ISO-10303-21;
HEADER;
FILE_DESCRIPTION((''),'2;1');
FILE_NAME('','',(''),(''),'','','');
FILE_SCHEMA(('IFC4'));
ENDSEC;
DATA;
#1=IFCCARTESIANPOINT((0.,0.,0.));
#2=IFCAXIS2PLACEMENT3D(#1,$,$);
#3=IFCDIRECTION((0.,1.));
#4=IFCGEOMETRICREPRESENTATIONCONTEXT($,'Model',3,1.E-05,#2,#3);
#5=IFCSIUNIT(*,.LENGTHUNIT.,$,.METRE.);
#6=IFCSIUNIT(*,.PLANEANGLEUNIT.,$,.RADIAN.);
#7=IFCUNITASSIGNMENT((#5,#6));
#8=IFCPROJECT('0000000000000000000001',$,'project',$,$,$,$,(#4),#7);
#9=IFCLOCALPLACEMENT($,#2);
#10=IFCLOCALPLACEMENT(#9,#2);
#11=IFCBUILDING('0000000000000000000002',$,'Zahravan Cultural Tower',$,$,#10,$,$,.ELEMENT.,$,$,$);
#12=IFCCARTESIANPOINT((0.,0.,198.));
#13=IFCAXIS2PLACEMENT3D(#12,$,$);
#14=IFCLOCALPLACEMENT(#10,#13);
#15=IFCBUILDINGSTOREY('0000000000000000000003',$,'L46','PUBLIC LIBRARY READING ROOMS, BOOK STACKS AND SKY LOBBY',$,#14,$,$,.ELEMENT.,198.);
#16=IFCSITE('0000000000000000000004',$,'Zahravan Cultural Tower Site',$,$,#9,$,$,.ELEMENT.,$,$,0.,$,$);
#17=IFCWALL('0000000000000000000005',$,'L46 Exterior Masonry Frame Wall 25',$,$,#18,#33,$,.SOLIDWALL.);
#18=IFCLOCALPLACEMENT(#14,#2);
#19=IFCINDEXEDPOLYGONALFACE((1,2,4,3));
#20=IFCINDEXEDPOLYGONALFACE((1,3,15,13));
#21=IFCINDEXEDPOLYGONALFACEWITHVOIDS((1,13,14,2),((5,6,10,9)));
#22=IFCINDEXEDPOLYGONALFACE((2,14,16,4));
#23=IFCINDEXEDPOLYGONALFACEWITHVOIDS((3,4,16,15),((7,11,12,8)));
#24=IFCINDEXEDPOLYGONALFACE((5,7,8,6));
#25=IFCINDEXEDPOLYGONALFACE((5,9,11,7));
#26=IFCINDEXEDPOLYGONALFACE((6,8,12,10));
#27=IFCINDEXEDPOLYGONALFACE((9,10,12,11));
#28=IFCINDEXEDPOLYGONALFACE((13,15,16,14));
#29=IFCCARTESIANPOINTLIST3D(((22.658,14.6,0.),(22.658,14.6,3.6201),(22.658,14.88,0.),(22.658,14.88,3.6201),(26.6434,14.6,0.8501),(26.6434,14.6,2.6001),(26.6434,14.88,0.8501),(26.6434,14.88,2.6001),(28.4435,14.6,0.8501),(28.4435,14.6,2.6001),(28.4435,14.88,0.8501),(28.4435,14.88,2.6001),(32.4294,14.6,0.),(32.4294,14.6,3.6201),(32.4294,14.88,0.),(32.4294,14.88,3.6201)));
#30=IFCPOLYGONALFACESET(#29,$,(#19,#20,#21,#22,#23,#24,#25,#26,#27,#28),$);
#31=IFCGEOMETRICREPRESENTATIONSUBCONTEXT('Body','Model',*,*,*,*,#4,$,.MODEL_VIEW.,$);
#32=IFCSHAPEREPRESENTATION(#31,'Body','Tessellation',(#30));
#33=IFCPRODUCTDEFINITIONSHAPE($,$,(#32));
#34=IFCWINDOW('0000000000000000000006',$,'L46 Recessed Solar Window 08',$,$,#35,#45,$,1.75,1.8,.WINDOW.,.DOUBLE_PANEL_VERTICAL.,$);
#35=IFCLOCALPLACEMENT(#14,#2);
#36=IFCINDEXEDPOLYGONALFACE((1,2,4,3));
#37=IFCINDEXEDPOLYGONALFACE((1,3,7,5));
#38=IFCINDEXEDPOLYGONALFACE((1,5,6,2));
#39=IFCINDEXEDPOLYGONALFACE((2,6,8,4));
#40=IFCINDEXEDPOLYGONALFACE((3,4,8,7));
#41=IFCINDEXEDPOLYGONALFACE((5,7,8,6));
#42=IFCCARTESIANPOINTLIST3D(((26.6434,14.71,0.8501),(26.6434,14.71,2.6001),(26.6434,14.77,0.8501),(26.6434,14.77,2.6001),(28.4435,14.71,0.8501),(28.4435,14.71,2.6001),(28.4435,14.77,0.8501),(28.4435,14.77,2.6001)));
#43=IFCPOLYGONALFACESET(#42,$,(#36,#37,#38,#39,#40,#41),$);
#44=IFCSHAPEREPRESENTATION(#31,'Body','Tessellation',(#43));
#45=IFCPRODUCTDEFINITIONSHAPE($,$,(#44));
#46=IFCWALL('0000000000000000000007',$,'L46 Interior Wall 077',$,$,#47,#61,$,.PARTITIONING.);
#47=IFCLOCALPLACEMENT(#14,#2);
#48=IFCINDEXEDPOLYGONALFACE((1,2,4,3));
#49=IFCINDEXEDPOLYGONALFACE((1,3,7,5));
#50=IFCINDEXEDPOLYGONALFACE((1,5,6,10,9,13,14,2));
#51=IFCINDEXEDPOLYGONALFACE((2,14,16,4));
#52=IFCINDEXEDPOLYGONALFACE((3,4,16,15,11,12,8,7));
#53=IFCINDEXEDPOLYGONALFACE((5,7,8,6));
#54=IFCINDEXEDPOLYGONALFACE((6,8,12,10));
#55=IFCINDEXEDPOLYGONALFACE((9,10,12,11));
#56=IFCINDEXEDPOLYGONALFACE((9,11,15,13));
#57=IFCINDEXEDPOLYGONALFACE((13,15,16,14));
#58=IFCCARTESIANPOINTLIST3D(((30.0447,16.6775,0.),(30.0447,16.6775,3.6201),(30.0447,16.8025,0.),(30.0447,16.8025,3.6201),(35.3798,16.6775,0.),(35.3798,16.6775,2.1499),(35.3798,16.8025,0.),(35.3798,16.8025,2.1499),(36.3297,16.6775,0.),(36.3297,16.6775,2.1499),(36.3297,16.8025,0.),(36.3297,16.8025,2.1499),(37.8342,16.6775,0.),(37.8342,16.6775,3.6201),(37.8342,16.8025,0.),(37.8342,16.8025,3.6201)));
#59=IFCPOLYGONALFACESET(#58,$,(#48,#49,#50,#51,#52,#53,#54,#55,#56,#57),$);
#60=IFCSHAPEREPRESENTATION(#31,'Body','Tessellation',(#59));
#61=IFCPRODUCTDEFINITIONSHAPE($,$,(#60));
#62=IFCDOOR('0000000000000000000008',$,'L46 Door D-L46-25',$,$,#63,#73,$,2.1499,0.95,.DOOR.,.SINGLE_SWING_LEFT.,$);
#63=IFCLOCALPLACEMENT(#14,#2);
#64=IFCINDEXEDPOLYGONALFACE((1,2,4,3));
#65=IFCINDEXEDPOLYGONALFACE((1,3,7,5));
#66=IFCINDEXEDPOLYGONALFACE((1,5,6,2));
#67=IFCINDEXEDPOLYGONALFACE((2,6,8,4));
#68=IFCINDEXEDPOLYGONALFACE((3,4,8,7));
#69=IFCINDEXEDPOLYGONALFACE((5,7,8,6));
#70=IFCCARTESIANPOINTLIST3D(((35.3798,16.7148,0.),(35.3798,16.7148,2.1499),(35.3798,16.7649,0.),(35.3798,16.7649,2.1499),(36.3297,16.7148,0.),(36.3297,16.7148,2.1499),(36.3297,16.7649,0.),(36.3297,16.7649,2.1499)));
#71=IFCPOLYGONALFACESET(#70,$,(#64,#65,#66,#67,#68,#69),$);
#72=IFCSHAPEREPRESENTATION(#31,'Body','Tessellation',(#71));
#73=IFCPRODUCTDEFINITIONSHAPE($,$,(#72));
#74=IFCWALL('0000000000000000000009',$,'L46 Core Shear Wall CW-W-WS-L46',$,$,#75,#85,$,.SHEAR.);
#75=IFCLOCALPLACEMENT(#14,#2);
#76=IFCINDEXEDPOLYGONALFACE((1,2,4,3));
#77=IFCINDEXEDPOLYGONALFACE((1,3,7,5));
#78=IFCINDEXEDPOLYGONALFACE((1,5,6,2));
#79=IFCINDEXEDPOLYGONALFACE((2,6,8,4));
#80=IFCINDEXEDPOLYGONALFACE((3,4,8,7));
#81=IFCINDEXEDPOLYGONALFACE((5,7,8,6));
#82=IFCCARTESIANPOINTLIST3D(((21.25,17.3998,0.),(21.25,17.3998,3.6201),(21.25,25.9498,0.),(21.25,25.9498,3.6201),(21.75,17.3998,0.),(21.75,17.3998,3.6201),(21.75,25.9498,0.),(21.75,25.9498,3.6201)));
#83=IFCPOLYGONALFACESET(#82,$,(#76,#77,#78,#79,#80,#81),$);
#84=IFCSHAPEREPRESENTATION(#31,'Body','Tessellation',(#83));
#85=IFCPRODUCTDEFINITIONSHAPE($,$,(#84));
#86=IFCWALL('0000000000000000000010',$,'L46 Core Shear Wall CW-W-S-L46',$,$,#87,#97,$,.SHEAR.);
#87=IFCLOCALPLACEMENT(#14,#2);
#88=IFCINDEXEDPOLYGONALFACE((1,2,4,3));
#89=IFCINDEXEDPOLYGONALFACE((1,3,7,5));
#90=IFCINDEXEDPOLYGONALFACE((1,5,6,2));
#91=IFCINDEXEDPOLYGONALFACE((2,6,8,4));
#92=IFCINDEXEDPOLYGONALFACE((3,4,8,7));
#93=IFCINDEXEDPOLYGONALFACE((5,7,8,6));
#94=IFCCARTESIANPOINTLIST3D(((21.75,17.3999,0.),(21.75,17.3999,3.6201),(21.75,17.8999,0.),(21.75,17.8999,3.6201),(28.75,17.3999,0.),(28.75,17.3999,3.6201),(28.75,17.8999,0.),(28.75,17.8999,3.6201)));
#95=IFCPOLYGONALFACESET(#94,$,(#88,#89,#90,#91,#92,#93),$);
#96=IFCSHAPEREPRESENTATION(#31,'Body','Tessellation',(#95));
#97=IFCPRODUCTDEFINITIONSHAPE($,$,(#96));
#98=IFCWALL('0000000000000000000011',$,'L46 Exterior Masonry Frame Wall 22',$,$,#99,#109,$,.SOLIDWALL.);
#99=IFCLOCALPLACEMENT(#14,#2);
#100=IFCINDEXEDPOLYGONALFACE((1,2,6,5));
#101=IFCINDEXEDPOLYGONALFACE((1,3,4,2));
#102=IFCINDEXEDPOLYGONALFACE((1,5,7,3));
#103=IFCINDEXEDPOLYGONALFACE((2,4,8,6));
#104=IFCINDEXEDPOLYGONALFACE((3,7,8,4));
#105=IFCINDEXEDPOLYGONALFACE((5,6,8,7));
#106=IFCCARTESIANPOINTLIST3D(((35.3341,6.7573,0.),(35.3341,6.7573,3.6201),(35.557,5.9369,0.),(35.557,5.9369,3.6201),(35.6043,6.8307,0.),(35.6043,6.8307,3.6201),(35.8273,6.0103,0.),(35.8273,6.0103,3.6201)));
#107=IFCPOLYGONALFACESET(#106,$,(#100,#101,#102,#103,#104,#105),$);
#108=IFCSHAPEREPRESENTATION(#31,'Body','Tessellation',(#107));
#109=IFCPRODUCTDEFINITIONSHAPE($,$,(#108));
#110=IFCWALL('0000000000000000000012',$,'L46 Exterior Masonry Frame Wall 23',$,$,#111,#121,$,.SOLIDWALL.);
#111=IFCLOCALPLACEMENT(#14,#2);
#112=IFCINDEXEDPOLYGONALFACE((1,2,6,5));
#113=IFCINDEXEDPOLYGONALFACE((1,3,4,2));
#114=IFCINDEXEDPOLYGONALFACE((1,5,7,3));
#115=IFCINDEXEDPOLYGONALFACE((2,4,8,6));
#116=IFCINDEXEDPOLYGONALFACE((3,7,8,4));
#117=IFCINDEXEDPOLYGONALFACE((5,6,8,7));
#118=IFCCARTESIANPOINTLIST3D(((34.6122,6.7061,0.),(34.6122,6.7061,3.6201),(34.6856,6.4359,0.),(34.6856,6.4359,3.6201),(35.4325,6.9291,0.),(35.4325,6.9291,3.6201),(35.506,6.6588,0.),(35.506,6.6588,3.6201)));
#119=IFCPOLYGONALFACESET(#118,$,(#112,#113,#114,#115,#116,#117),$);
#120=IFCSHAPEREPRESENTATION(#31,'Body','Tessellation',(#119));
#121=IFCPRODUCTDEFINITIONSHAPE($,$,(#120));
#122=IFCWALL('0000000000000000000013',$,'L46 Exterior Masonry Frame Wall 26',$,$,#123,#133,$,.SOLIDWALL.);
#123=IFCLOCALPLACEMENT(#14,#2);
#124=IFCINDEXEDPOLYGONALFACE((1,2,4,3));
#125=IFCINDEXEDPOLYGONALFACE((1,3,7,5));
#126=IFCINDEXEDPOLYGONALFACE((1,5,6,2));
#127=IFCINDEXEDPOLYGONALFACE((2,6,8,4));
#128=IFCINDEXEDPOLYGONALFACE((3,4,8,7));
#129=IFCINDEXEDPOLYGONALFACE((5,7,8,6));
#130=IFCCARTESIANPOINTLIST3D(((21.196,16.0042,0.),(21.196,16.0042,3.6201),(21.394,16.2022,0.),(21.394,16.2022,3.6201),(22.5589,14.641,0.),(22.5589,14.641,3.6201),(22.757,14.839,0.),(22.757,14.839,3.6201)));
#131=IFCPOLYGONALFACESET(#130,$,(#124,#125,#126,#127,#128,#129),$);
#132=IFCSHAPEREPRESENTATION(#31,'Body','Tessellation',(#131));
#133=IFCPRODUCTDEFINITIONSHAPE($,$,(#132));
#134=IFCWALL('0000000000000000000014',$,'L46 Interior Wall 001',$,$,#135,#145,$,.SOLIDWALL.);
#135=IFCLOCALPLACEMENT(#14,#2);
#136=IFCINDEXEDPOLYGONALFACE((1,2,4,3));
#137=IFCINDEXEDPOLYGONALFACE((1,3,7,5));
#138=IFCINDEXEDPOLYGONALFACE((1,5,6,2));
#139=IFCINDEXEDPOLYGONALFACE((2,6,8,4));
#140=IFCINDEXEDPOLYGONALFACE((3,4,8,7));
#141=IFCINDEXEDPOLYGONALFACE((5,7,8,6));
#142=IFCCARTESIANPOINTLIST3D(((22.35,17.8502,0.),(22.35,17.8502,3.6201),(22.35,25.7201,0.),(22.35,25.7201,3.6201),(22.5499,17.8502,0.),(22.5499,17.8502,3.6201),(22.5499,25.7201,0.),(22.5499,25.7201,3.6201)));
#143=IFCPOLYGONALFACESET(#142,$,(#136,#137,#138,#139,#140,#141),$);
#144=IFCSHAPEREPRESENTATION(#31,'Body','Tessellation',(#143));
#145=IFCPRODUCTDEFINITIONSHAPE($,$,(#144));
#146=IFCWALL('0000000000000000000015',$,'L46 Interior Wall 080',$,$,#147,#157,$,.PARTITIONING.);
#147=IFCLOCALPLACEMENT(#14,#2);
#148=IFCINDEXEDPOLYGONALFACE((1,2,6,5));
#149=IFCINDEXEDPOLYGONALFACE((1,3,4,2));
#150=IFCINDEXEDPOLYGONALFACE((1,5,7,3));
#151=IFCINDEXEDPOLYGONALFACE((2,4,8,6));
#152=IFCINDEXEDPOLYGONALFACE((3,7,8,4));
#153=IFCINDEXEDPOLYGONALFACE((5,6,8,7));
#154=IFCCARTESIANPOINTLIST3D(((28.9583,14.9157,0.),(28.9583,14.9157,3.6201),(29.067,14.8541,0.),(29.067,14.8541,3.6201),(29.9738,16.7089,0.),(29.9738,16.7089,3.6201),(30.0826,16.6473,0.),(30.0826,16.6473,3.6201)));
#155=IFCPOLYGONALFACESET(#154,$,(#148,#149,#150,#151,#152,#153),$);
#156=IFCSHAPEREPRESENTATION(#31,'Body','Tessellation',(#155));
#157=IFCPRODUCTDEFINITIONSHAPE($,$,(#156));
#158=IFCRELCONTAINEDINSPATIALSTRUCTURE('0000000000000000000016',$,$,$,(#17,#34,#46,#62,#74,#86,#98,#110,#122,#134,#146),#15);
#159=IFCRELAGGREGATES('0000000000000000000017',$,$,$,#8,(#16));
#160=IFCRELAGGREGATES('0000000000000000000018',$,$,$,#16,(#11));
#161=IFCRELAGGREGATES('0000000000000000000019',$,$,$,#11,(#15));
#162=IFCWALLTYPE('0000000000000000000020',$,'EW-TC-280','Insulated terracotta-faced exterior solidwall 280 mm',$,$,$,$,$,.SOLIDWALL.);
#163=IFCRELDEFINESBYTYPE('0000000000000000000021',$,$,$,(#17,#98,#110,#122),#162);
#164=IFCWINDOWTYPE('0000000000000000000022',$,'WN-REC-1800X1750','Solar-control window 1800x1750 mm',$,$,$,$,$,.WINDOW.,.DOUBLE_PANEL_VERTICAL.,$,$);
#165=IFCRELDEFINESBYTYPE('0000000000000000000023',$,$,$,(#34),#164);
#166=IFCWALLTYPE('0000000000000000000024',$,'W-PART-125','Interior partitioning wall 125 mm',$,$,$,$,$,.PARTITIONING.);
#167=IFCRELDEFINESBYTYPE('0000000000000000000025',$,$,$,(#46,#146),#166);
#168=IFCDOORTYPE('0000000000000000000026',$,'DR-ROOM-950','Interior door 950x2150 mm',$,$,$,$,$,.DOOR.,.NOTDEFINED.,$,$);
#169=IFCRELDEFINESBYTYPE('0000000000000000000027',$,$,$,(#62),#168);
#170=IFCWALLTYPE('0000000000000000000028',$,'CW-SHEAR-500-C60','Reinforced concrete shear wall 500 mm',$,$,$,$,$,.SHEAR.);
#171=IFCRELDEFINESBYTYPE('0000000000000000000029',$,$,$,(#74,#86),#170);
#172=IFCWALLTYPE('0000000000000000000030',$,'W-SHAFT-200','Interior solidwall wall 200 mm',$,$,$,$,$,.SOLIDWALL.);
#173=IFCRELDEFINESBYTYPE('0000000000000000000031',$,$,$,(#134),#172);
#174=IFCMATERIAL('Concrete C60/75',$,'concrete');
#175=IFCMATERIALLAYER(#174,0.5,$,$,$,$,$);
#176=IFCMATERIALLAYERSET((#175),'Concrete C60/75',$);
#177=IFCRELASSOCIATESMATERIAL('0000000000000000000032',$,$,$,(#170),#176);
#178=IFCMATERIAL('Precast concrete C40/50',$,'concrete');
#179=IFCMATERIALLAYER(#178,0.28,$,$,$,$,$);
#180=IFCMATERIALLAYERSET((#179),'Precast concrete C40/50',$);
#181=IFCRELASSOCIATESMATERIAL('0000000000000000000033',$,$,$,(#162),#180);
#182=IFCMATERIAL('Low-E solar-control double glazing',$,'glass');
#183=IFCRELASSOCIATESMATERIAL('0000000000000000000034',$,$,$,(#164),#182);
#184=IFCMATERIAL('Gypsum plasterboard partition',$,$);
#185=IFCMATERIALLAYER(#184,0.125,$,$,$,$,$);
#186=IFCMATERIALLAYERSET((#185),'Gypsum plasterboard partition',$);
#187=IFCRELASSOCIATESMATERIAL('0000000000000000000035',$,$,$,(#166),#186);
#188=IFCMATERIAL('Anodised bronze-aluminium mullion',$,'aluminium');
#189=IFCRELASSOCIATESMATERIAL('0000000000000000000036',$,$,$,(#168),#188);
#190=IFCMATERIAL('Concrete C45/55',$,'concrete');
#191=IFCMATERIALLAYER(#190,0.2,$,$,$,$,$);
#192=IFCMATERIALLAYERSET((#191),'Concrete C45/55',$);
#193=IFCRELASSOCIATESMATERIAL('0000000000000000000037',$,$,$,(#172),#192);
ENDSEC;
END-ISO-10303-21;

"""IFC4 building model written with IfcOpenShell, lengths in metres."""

from ifc_helpers import new_model, si_unit, direction, frame, frame_2d, origin, place, context, subcontext, project, spatial, rectangle, extrude, source, transform, mapped, material, layer, layer_set, type_object, element, fill, save


model = new_model("IFC4")

# Units and contexts
model_context = context("Model", 3, precision=1e-05, world=origin(), true_north=direction((0.0, 1.0)))
body_context = subcontext(model_context, "Body", "Model", "MODEL_VIEW")
ifc_project = project(units=[si_unit("LENGTHUNIT", "METRE"), si_unit("PLANEANGLEUNIT", "RADIAN")], contexts=[model_context])

# Site, building, storey
site_placement = place(None, origin())
site = spatial("IfcSite", under=ifc_project, at=site_placement, Name="Zahravan Cultural Tower Site", CompositionType="ELEMENT", RefElevation=0.0)
building_placement = place(site_placement, origin())
building = spatial("IfcBuilding", under=site, at=building_placement, Name="Zahravan Cultural Tower", CompositionType="ELEMENT")
storey_placement = place(building_placement, frame((0.0, 0.0, 198.0)))
storey = spatial("IfcBuildingStorey", under=building, at=storey_placement, Name="L46", Description="PUBLIC LIBRARY READING ROOMS, BOOK STACKS AND SKY LOBBY", CompositionType="ELEMENT", Elevation=198.0)

# Shared definitions
ifc_material_1 = material(Name="Concrete C60/75", Category="concrete")
ifc_layer_1 = layer(ifc_material_1, 0.5)
ifc_layer_set_1 = layer_set([ifc_layer_1], Name="Concrete C60/75")
wall_type_1 = type_object("IfcWallType", Name="CW-SHEAR-500-C60", Description="Reinforced concrete shear wall 500 mm", PredefinedType="SHEAR", material=ifc_layer_set_1)

# Wall, opening, window
ifc_material_2 = material(Name="Precast concrete C40/50", Category="concrete")
ifc_layer_2 = layer(ifc_material_2, 0.28)
ifc_layer_set_2 = layer_set([ifc_layer_2], Name="Precast concrete C40/50")
wall_type_2 = type_object("IfcWallType", Name="EW-TC-280", Description="Insulated terracotta-faced exterior solidwall 280 mm", PredefinedType="SOLIDWALL", material=ifc_layer_set_2)
ifc_material_3 = material(Name="Low-E solar-control double glazing", Category="glass")
window_type = type_object("IfcWindowType", Name="WN-REC-1800X1750", Description="Solar-control window 1800x1750 mm", PartitioningType="DOUBLE_PANEL_VERTICAL", PredefinedType="WINDOW", material=ifc_material_3)
shared_shape_1 = source(origin(), body_context, "Body", "SweptSolid", [
    extrude(rectangle(XDim=1.8, YDim=1.75, at=frame_2d((0.8999, 0.875))), frame((0.0, 0.03, 0.0), z_axis=(0.0, -1.0, 0.0), x_axis=(1.0, 0.0, 0.0)), (0.0, 0.0, 1.0), 0.0601),
])
wall_1_placement = place(storey_placement, frame((32.4294, 14.74, 0.0), z_axis=(0.0, 0.0, 1.0), x_axis=(-1.0, 0.0, 0.0)))
wall_1 = element("IfcWall", 1, at=wall_1_placement, inside=storey, type_object=wall_type_2, Name="L46 Exterior Masonry Frame Wall 25", PredefinedType="SOLIDWALL", context=body_context, shape_type="SweptSolid", body=[
    extrude(rectangle(XDim=9.7715, YDim=0.28, at=frame_2d((4.8857, 0.0))), origin(), (0.0, 0.0, 1.0), 3.6201),
])
opening_1_placement = place(wall_1_placement, frame((3.9861, 0.0, 0.8501)))
opening_1 = element("IfcOpeningElement", 2, at=opening_1_placement, cuts=wall_1, PredefinedType="OPENING", context=body_context, shape_type="SweptSolid", body=[
    extrude(rectangle(XDim=1.8, YDim=1.75, at=frame_2d((0.8999, 0.875))), frame((0.0, 0.1499, 0.0), z_axis=(0.0, -1.0, 0.0), x_axis=(1.0, 0.0, 0.0)), (0.0, 0.0, 1.0), 0.3),
])
window_1_placement = place(opening_1_placement, origin())
window_1 = element("IfcWindow", 3, at=window_1_placement, inside=storey, type_object=window_type, Name="L46 Recessed Solar Window 08", OverallHeight=1.75, OverallWidth=1.8, PartitioningType="DOUBLE_PANEL_VERTICAL", PredefinedType="WINDOW", context=body_context, shape_type="MappedRepresentation", body=[
    mapped(shared_shape_1, transform((0.0, 0.0, 0.0), x_axis=(1.0, 0.0, 0.0), y_axis=(0.0, 1.0, 0.0), z_axis=(0.0, 0.0, 1.0), scale=1.0)),
])
fill(opening_1, window_1)

# Wall, opening, door
ifc_material_4 = material(Name="Gypsum plasterboard partition")
ifc_layer_3 = layer(ifc_material_4, 0.125)
ifc_layer_set_3 = layer_set([ifc_layer_3], Name="Gypsum plasterboard partition")
wall_type_3 = type_object("IfcWallType", Name="W-PART-125", Description="Interior partitioning wall 125 mm", PredefinedType="PARTITIONING", material=ifc_layer_set_3)
wall_2_placement = place(storey_placement, frame((30.0447, 16.74, 0.0), z_axis=(0.0, 0.0, 1.0), x_axis=(1.0, 0.0, 0.0)))
wall_2 = element("IfcWall", 4, at=wall_2_placement, inside=storey, type_object=wall_type_3, Name="L46 Interior Wall 077", PredefinedType="PARTITIONING", context=body_context, shape_type="SweptSolid", body=[
    extrude(rectangle(XDim=7.7896, YDim=0.125, at=frame_2d((3.8948, 0.0))), origin(), (0.0, 0.0, 1.0), 3.6201),
])
opening_2_placement = place(wall_2_placement, frame((5.335, 0.0, 0.0)))
opening_2 = element("IfcOpeningElement", 5, at=opening_2_placement, cuts=wall_2, PredefinedType="OPENING", context=body_context, shape_type="SweptSolid", body=[
    extrude(rectangle(XDim=0.95, YDim=2.1499, at=frame_2d((0.4751, 1.075))), frame((0.0, 0.0725, 0.0), z_axis=(0.0, -1.0, 0.0), x_axis=(1.0, 0.0, 0.0)), (0.0, 0.0, 1.0), 0.145),
])
ifc_material_5 = material(Name="Anodised bronze-aluminium mullion", Category="aluminium")
door_type_1 = type_object("IfcDoorType", Name="DR-ROOM-950", Description="Interior door 950x2150 mm", OperationType="NOTDEFINED", PredefinedType="DOOR", material=ifc_material_5)
shared_shape_2 = source(origin(), body_context, "Body", "SweptSolid", [
    extrude(rectangle(XDim=0.95, YDim=2.1499, at=frame_2d((0.4751, 1.075))), frame((0.0, 0.0249, 0.0), z_axis=(0.0, -1.0, 0.0), x_axis=(1.0, 0.0, 0.0)), (0.0, 0.0, 1.0), 0.05),
])
door_1_placement = place(opening_2_placement, origin())
door_1 = element("IfcDoor", 6, at=door_1_placement, inside=storey, type_object=door_type_1, Name="L46 Door D-L46-25", OperationType="SINGLE_SWING_LEFT", OverallHeight=2.1499, OverallWidth=0.95, PredefinedType="DOOR", context=body_context, shape_type="MappedRepresentation", body=[
    mapped(shared_shape_2, transform((0.0, 0.0, 0.0), x_axis=(1.0, 0.0, 0.0), y_axis=(0.0, 1.0, 0.0), z_axis=(0.0, 0.0, 1.0), scale=1.0)),
])
fill(opening_2, door_1)

# Walls
shared_shape_3 = source(origin(), body_context, "Body", "SweptSolid", [
    extrude(rectangle(XDim=8.55, YDim=0.5, at=frame_2d((4.2749, 0.0))), origin(), (0.0, 0.0, 1.0), 3.6201),
])
wall_3_placement = place(storey_placement, frame((21.5, 17.3999, 0.0), z_axis=(0.0, 0.0, 1.0), x_axis=(0.0, 1.0, 0.0)))
element("IfcWall", 7, at=wall_3_placement, inside=storey, type_object=wall_type_1, Name="L46 Core Shear Wall CW-W-WS-L46", PredefinedType="SHEAR", context=body_context, shape_type="MappedRepresentation", body=[
    mapped(shared_shape_3, transform((0.0, 0.0, 0.0), x_axis=(1.0, 0.0, 0.0), y_axis=(0.0, 1.0, 0.0), z_axis=(0.0, 0.0, 1.0), scale=1.0)),
])
shared_shape_4 = source(origin(), body_context, "Body", "SweptSolid", [
    extrude(rectangle(XDim=7.0, YDim=0.5, at=frame_2d((3.5, 0.0))), origin(), (0.0, 0.0, 1.0), 3.6201),
])
wall_4_placement = place(storey_placement, frame((21.75, 17.6499, 0.0), z_axis=(0.0, 0.0, 1.0), x_axis=(1.0, 0.0, 0.0)))
element("IfcWall", 8, at=wall_4_placement, inside=storey, type_object=wall_type_1, Name="L46 Core Shear Wall CW-W-S-L46", PredefinedType="SHEAR", context=body_context, shape_type="MappedRepresentation", body=[
    mapped(shared_shape_4, transform((0.0, 0.0, 0.0), x_axis=(1.0, 0.0, 0.0), y_axis=(0.0, 1.0, 0.0), z_axis=(0.0, 0.0, 1.0), scale=1.0)),
])
shared_shape_5 = source(origin(), body_context, "Body", "SweptSolid", [
    extrude(rectangle(XDim=0.8501, YDim=0.28, at=frame_2d((0.425, 0.0))), origin(), (0.0, 0.0, 1.0), 3.6201),
])
for number, where, z_axis, x_axis, name in (
    (9, (35.6921, 5.9736, 0.0), (0.0, 0.0, 1.0), (-0.262218, 0.965009, 0.0), "L46 Exterior Masonry Frame Wall 22"),
    (10, (35.4692, 6.7939, 0.0), (0.0, 0.0, 1.0), (-0.965009, -0.262218, 0.0), "L46 Exterior Masonry Frame Wall 23"),
):
    element("IfcWall", number, at=place(storey_placement, frame(where, z_axis=z_axis, x_axis=x_axis)), inside=storey, type_object=wall_type_2, Name=name, PredefinedType="SOLIDWALL", context=body_context, shape_type="MappedRepresentation", body=[
        mapped(shared_shape_5, transform((0.0, 0.0, 0.0), x_axis=(1.0, 0.0, 0.0), y_axis=(0.0, 1.0, 0.0), z_axis=(0.0, 0.0, 1.0), scale=1.0)),
    ])
shared_shape_6 = source(origin(), body_context, "Body", "SweptSolid", [
    extrude(rectangle(XDim=1.9277, YDim=0.28, at=frame_2d((0.9639, 0.0))), origin(), (0.0, 0.0, 1.0), 3.6201),
])
wall_5_placement = place(storey_placement, frame((22.658, 14.74, 0.0), z_axis=(0.0, 0.0, 1.0), x_axis=(-0.707043, 0.70717, 0.0)))
element("IfcWall", 11, at=wall_5_placement, inside=storey, type_object=wall_type_2, Name="L46 Exterior Masonry Frame Wall 26", PredefinedType="SOLIDWALL", context=body_context, shape_type="MappedRepresentation", body=[
    mapped(shared_shape_6, transform((0.0, 0.0, 0.0), x_axis=(1.0, 0.0, 0.0), y_axis=(0.0, 1.0, 0.0), z_axis=(0.0, 0.0, 1.0), scale=1.0)),
])
ifc_material_6 = material(Name="Concrete C45/55", Category="concrete")
ifc_layer_4 = layer(ifc_material_6, 0.2)
ifc_layer_set_4 = layer_set([ifc_layer_4], Name="Concrete C45/55")
wall_type_4 = type_object("IfcWallType", Name="W-SHAFT-200", Description="Interior solidwall wall 200 mm", PredefinedType="SOLIDWALL", material=ifc_layer_set_4)
shared_shape_7 = source(origin(), body_context, "Body", "SweptSolid", [
    extrude(rectangle(XDim=7.8699, YDim=0.2, at=frame_2d((3.9351, 0.0))), origin(), (0.0, 0.0, 1.0), 3.6201),
])
wall_6_placement = place(storey_placement, frame((22.45, 17.8501, 0.0), z_axis=(0.0, 0.0, 1.0), x_axis=(0.0, 1.0, 0.0)))
element("IfcWall", 12, at=wall_6_placement, inside=storey, type_object=wall_type_4, Name="L46 Interior Wall 001", PredefinedType="SOLIDWALL", context=body_context, shape_type="MappedRepresentation", body=[
    mapped(shared_shape_7, transform((0.0, 0.0, 0.0), x_axis=(1.0, 0.0, 0.0), y_axis=(0.0, 1.0, 0.0), z_axis=(0.0, 0.0, 1.0), scale=1.0)),
])
shared_shape_8 = source(origin(), body_context, "Body", "SweptSolid", [
    extrude(rectangle(XDim=2.0608, YDim=0.125, at=frame_2d((1.0303, 0.0))), origin(), (0.0, 0.0, 1.0), 3.6201),
])
wall_7_placement = place(storey_placement, frame((29.0127, 14.885, 0.0), z_axis=(0.0, 0.0, 1.0), x_axis=(0.492818, 0.870132, 0.0)))
element("IfcWall", 13, at=wall_7_placement, inside=storey, type_object=wall_type_3, Name="L46 Interior Wall 080", PredefinedType="PARTITIONING", context=body_context, shape_type="MappedRepresentation", body=[
    mapped(shared_shape_8, transform((0.0, 0.0, 0.0), x_axis=(1.0, 0.0, 0.0), y_axis=(0.0, 1.0, 0.0), z_axis=(0.0, 0.0, 1.0), scale=1.0)),
])

save(model, "model.ifc")
